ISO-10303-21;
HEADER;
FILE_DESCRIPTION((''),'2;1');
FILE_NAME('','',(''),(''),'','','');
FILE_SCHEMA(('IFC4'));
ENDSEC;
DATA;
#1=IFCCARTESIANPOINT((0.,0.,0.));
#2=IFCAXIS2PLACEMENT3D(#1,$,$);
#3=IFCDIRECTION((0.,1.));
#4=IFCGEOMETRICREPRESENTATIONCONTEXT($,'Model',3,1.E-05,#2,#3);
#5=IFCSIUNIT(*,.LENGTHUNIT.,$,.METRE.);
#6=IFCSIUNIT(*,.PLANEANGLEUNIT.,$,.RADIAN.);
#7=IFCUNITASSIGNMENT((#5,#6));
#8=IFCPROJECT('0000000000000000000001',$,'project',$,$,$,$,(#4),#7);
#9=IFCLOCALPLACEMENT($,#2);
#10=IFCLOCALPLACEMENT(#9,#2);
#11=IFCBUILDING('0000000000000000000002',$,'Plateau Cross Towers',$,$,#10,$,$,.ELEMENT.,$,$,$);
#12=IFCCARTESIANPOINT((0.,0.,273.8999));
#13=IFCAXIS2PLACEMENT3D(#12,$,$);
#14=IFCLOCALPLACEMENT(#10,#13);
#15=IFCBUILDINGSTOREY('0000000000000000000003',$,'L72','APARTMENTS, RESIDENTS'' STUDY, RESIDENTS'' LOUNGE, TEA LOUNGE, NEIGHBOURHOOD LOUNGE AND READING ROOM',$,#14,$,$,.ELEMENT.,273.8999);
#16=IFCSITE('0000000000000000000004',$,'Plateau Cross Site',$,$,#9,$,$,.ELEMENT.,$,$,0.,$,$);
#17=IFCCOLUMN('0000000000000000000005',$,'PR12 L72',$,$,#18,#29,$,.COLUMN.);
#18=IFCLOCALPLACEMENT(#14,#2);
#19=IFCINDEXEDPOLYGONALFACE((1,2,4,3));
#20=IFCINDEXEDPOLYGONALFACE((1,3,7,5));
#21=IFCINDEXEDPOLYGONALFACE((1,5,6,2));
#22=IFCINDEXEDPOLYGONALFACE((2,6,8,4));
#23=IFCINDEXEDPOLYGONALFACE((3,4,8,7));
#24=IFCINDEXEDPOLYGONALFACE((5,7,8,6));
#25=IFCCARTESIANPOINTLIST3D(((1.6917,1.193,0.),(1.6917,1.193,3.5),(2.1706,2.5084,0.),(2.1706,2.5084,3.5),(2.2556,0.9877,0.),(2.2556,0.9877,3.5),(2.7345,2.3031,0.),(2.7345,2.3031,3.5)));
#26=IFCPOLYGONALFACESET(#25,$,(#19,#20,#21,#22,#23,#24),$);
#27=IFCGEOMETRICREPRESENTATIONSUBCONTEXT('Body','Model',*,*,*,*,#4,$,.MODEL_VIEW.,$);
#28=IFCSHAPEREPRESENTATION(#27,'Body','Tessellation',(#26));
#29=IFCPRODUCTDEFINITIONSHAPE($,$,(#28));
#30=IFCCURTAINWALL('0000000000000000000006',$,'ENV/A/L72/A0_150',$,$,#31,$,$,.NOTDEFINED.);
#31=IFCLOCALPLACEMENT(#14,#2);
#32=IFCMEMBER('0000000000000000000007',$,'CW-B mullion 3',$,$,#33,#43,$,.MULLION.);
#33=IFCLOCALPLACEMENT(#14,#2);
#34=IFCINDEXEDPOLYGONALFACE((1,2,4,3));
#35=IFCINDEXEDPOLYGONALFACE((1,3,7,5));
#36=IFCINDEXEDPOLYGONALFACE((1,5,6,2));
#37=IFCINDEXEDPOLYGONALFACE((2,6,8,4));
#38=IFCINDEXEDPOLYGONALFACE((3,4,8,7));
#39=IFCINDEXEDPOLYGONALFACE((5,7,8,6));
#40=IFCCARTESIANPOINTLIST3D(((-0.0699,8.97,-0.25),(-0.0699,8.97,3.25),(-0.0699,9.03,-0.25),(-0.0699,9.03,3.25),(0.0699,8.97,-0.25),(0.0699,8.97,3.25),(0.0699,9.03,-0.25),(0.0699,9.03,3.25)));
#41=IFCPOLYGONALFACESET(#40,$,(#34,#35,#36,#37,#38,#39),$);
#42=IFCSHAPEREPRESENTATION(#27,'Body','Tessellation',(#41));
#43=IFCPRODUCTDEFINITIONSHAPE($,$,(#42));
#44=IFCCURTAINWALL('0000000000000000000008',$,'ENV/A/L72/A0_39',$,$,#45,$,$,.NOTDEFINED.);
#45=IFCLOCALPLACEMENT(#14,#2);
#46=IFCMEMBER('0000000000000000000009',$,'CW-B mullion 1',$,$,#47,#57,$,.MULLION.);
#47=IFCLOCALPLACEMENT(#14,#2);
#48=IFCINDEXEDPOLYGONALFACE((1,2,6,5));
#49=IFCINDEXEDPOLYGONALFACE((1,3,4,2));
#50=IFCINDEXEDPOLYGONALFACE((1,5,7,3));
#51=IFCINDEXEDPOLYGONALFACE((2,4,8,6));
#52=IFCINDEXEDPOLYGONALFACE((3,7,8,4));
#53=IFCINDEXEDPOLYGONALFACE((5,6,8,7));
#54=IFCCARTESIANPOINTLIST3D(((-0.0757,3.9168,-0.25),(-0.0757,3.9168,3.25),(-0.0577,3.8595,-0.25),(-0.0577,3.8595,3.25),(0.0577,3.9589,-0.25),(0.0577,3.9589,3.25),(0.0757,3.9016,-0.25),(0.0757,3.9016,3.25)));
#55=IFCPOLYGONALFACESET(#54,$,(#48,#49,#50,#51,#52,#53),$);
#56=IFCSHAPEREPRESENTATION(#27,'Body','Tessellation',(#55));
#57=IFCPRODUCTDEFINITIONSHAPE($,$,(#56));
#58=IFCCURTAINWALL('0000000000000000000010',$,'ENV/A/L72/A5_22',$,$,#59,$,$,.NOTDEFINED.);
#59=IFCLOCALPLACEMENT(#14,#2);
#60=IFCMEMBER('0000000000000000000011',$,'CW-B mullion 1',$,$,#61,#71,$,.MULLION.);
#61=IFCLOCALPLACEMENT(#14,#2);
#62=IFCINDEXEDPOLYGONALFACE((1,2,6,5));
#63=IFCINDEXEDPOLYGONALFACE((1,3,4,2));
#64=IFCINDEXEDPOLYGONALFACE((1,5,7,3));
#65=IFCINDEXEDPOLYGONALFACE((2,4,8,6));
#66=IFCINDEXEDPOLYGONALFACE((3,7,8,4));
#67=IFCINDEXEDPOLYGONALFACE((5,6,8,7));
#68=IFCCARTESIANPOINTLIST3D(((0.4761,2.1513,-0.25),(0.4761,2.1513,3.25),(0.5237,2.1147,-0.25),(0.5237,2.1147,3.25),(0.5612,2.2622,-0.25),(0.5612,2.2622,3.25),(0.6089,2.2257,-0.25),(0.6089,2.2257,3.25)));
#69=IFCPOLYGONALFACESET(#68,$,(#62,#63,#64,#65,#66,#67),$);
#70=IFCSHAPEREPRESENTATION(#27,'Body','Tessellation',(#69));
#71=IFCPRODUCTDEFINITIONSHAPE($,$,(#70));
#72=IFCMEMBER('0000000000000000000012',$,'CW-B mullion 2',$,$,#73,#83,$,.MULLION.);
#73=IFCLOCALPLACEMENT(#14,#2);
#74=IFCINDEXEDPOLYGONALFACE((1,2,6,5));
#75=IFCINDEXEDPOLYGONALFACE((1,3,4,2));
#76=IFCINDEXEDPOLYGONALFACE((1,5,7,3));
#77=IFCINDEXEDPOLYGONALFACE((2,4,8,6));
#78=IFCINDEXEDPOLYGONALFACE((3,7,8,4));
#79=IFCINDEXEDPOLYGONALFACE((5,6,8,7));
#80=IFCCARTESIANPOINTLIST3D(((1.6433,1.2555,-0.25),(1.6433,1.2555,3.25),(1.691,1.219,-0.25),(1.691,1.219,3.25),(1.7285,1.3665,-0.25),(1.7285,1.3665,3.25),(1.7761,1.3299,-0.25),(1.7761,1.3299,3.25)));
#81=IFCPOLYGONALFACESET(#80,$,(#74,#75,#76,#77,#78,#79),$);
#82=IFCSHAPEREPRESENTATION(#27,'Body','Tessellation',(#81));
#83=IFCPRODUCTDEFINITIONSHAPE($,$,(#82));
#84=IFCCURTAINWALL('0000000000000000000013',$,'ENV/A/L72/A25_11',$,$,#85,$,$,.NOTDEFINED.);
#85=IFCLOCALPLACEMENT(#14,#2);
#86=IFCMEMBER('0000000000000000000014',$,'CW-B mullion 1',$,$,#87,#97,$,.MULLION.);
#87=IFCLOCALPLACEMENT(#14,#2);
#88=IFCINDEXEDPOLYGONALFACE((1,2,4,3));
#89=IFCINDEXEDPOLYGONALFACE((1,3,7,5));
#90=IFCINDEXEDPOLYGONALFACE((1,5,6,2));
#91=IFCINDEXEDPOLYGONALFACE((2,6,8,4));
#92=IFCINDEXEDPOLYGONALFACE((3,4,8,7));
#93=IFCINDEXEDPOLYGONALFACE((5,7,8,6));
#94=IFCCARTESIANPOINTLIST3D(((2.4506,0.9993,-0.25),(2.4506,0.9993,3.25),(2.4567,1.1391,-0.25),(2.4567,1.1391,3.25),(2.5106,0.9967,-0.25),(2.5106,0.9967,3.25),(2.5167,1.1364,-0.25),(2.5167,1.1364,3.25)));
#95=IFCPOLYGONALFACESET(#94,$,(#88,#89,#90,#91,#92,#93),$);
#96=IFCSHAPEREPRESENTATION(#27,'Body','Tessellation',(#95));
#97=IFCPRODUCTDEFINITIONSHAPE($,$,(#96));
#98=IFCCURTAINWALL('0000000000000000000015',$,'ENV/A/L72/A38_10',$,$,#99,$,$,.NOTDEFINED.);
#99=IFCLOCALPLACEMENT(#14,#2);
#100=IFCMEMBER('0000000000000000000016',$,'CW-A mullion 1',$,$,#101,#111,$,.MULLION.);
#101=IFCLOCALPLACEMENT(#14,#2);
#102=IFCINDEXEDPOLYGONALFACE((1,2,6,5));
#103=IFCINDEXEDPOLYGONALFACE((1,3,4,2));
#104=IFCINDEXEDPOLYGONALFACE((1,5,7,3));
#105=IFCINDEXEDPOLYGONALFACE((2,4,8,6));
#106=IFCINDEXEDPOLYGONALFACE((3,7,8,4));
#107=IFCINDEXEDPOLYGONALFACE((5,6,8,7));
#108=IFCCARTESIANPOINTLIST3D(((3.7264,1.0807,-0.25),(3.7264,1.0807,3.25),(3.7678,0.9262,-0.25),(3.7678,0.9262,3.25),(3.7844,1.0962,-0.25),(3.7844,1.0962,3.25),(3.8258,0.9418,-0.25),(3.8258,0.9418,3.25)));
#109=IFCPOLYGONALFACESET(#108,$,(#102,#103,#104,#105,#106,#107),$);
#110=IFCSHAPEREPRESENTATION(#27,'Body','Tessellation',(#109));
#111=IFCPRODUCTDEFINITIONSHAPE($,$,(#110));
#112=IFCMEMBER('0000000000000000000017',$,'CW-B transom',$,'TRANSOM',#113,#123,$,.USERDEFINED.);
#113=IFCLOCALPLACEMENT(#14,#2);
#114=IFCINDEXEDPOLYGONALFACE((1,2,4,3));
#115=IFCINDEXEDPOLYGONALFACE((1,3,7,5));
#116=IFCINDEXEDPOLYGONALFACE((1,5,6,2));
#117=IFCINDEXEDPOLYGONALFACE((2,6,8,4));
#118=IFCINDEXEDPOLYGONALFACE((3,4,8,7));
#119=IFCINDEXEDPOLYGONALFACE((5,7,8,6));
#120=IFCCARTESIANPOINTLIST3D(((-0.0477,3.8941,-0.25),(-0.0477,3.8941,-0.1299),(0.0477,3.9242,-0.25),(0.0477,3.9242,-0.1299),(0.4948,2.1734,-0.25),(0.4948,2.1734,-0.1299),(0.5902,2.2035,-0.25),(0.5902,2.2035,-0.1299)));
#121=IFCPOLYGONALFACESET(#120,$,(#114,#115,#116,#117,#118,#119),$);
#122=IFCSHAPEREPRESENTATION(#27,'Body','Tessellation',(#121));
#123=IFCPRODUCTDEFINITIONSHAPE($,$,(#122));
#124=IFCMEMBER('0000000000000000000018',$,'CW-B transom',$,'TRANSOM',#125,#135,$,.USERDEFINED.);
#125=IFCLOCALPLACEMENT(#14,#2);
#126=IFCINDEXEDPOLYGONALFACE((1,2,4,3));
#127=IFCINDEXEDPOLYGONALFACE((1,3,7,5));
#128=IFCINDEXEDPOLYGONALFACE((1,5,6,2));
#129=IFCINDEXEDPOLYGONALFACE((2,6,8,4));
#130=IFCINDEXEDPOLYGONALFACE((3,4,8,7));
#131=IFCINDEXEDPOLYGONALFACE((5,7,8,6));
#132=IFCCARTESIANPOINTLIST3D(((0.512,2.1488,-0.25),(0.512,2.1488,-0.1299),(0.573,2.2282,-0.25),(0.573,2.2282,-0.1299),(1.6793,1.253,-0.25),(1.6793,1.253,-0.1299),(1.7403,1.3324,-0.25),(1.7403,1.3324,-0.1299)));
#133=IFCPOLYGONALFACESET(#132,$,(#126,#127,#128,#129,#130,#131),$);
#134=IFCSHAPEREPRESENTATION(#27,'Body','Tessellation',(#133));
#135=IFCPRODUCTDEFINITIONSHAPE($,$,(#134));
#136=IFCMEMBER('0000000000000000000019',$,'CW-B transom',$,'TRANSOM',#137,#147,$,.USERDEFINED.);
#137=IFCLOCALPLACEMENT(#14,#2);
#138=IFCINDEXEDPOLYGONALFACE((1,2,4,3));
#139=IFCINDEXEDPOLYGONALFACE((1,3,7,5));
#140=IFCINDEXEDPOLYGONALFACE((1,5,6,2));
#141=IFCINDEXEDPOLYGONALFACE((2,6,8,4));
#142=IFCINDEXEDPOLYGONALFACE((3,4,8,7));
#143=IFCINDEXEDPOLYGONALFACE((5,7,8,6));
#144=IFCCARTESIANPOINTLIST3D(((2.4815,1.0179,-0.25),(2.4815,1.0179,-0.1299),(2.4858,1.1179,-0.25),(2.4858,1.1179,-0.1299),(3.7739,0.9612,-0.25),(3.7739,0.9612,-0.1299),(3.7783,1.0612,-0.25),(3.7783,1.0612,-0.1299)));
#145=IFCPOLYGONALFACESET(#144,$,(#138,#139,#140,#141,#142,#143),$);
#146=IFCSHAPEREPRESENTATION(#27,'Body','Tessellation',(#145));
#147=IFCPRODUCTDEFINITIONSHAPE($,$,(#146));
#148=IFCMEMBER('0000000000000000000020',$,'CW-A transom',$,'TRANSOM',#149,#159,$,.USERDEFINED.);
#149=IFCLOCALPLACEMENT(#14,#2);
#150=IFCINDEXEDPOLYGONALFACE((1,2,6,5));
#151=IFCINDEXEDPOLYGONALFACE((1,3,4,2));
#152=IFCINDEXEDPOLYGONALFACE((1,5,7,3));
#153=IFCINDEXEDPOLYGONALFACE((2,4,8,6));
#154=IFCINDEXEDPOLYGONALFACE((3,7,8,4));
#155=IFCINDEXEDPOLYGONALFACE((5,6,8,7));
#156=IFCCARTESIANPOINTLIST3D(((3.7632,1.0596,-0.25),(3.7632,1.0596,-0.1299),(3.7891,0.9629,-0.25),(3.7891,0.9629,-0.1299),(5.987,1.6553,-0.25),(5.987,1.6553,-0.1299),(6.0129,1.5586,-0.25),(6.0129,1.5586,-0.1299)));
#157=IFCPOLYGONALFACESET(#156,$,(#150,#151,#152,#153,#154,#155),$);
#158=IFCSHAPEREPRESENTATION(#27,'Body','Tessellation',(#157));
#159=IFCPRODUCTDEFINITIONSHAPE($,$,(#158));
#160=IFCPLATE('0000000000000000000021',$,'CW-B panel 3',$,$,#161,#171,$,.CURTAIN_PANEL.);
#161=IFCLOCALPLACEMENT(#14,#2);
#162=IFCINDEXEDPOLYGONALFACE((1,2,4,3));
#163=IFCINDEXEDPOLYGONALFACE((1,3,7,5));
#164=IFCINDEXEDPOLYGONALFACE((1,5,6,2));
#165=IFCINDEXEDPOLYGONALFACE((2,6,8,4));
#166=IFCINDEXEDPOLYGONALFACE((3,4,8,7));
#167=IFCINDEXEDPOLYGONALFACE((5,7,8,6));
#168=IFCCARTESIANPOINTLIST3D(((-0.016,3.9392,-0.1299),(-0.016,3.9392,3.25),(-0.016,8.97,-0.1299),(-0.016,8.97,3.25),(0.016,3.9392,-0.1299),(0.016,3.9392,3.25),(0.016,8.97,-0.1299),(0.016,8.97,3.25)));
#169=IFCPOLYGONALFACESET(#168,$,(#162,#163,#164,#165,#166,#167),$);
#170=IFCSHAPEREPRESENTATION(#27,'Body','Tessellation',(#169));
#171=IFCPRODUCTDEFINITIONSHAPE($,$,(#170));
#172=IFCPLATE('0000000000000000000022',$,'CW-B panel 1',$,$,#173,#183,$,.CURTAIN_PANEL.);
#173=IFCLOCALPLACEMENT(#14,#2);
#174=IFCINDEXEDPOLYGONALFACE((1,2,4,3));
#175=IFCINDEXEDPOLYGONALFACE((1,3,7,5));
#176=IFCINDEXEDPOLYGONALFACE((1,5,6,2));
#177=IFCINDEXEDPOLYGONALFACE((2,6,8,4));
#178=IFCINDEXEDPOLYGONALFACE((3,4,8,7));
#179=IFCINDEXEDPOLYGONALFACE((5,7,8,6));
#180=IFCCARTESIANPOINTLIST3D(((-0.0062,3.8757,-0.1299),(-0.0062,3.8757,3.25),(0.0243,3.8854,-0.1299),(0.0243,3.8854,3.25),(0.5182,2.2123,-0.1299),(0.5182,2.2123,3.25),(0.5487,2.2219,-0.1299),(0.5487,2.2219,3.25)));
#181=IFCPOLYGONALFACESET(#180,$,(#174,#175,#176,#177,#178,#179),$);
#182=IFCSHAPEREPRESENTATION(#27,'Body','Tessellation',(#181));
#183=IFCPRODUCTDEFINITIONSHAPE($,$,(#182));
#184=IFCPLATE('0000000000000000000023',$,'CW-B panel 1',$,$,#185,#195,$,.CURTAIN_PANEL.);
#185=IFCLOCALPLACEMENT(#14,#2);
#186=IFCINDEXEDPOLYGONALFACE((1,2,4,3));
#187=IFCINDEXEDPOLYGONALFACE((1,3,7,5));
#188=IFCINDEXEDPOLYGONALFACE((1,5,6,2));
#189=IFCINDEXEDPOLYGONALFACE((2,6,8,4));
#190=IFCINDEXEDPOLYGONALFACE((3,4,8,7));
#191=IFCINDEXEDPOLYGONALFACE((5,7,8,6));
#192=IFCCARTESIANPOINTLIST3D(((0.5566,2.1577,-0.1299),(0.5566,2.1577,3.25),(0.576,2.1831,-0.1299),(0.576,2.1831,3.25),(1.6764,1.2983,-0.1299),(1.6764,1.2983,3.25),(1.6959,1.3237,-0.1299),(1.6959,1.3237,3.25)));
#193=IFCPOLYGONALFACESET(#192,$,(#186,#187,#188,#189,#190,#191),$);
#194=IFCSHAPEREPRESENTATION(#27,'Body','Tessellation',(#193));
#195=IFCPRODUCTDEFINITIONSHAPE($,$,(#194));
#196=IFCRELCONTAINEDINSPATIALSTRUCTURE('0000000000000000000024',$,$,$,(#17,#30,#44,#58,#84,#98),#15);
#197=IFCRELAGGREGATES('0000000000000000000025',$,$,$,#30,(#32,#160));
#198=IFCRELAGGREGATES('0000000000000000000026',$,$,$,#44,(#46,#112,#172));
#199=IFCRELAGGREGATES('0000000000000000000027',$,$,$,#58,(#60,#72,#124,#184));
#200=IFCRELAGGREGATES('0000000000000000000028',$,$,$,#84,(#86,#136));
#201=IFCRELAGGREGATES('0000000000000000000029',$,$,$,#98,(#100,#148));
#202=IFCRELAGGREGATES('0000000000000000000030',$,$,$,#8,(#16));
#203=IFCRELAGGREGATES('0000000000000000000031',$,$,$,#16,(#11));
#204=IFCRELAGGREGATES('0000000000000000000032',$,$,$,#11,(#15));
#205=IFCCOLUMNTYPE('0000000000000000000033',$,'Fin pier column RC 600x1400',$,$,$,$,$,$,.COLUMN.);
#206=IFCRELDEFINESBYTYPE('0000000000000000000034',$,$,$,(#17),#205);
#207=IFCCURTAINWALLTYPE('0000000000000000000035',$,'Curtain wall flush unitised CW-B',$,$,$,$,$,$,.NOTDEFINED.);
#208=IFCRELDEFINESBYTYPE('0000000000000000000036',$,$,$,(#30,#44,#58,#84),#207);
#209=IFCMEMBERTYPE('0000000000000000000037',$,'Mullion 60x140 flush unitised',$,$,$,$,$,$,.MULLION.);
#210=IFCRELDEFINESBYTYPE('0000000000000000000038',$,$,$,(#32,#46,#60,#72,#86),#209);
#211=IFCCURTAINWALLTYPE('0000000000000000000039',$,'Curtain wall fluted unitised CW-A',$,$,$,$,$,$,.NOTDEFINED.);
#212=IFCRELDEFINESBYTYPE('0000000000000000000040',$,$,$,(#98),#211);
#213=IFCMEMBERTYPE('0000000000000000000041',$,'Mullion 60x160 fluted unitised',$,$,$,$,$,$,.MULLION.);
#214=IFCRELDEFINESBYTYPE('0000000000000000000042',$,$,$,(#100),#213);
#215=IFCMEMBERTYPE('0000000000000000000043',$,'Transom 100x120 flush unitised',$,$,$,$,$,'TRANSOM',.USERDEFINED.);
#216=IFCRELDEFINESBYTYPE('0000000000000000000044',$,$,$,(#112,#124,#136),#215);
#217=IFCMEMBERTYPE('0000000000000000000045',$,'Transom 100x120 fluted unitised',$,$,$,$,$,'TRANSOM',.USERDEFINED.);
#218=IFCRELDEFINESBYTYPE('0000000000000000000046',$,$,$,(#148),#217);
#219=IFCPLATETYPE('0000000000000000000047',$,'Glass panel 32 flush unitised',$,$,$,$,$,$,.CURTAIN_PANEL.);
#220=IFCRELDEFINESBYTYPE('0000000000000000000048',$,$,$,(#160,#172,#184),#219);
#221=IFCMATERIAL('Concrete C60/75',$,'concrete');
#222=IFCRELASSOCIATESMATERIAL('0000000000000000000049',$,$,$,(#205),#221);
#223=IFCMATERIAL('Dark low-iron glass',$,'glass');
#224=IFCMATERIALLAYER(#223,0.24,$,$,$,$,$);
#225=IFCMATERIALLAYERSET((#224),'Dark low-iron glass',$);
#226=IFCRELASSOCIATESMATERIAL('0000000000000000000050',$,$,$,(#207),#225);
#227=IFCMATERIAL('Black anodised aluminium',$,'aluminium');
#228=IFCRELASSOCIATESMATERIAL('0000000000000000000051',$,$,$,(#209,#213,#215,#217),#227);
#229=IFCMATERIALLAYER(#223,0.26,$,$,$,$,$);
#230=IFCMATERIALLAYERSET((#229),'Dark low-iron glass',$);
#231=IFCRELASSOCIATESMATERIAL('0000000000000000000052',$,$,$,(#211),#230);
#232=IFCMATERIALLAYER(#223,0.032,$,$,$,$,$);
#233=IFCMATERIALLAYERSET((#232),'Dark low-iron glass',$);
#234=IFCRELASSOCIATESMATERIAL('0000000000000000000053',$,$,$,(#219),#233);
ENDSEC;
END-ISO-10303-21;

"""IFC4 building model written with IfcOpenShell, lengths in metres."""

from ifc_helpers import new_model, si_unit, direction, frame, origin, origin_2d, place, context, subcontext, project, spatial, rectangle, extrude, material, layer, layer_set, material_profile, profile_set, type_object, element, aggregate, save


model = new_model("IFC4")

# Units and contexts
model_context = context("Model", 3, precision=1e-05, world=origin(), true_north=direction((0.0, 1.0)))
body_context = subcontext(model_context, "Body", "Model", "MODEL_VIEW")
ifc_project = project(units=[si_unit("LENGTHUNIT", "METRE"), si_unit("PLANEANGLEUNIT", "RADIAN")], contexts=[model_context])

# Site, building, storey
site_placement = place(None, origin())
site = spatial("IfcSite", under=ifc_project, at=site_placement, Name="Plateau Cross Site", CompositionType="ELEMENT", RefElevation=0.0)
building_placement = place(site_placement, origin())
building = spatial("IfcBuilding", under=site, at=building_placement, Name="Plateau Cross Towers", CompositionType="ELEMENT")
storey_placement = place(building_placement, frame((0.0, 0.0, 273.8999)))
storey = spatial("IfcBuildingStorey", under=building, at=storey_placement, Name="L72", Description="APARTMENTS, RESIDENTS' STUDY, RESIDENTS' LOUNGE, TEA LOUNGE, NEIGHBOURHOOD LOUNGE AND READING ROOM", CompositionType="ELEMENT", Elevation=273.8999)

# Column
ifc_material_1 = material(Name="Concrete C60/75", Category="concrete")
ifc_material_profile_1 = material_profile(ifc_material_1, rectangle(XDim=0.6001, YDim=1.3999, at=origin_2d()), Name="RC 600x1400")
ifc_profile_set_1 = profile_set([ifc_material_profile_1], Name="Concrete C60/75")
column_type = type_object("IfcColumnType", Name="Fin pier column RC 600x1400", PredefinedType="COLUMN", material=ifc_profile_set_1)
column_placement = place(storey_placement, frame((2.2131, 1.748, 0.0), z_axis=(0.0, 0.0, 1.0), x_axis=(-0.939664, 0.342098, 0.0)))
element("IfcColumn", 1, at=column_placement, inside=storey, type_object=column_type, Name="PR12 L72", PredefinedType="COLUMN", context=body_context, shape_type="SweptSolid", body=[
    extrude(rectangle(XDim=0.6001, YDim=1.3999, at=origin_2d()), origin(), (0.0, 0.0, 1.0), 3.5),
])

# Curtain walls, members
ifc_material_2 = material(Name="Dark low-iron glass", Category="glass")
ifc_layer_1 = layer(ifc_material_2, 0.24)
ifc_layer_set_1 = layer_set([ifc_layer_1], Name="Dark low-iron glass")
curtain_wall_type_1 = type_object("IfcCurtainWallType", Name="Curtain wall flush unitised CW-B", PredefinedType="NOTDEFINED", material=ifc_layer_set_1)
curtain_wall_1_placement = place(storey_placement, origin())
curtain_wall_1 = element("IfcCurtainWall", 2, at=curtain_wall_1_placement, inside=storey, type_object=curtain_wall_type_1, Name="ENV/A/L72/A0_150", PredefinedType="NOTDEFINED")
ifc_material_3 = material(Name="Black anodised aluminium", Category="aluminium")
ifc_material_profile_2 = material_profile(ifc_material_3, rectangle(XDim=0.0601, YDim=0.1399, at=origin_2d()), Name="MULLION 60x140")
ifc_profile_set_2 = profile_set([ifc_material_profile_2], Name="Black anodised aluminium")
member_type_1 = type_object("IfcMemberType", Name="Mullion 60x140 flush unitised", PredefinedType="MULLION", material=ifc_profile_set_2)
member_1_placement = place(storey_placement, frame((0.0, 9.0, -0.25), z_axis=(0.0, 0.0, 1.0), x_axis=(0.0, -1.0, 0.0)))
member_1 = element("IfcMember", 3, at=member_1_placement, type_object=member_type_1, Name="CW-B mullion 3", PredefinedType="MULLION", context=body_context, shape_type="SweptSolid", body=[
    extrude(rectangle(XDim=0.0601, YDim=0.1399, at=origin_2d()), origin(), (0.0, 0.0, 1.0), 3.5),
])
curtain_wall_2_placement = place(storey_placement, origin())
curtain_wall_2 = element("IfcCurtainWall", 4, at=curtain_wall_2_placement, inside=storey, type_object=curtain_wall_type_1, Name="ENV/A/L72/A0_39", PredefinedType="NOTDEFINED")
member_2_placement = place(storey_placement, frame((0.0, 3.9092, -0.25), z_axis=(0.0, 0.0, 1.0), x_axis=(0.300686, -0.953723, 0.0)))
member_2 = element("IfcMember", 5, at=member_2_placement, type_object=member_type_1, Name="CW-B mullion 1", PredefinedType="MULLION", context=body_context, shape_type="SweptSolid", body=[
    extrude(rectangle(XDim=0.0601, YDim=0.1399, at=origin_2d()), origin(), (0.0, 0.0, 1.0), 3.5),
])

# Curtain wall, members
curtain_wall_3_placement = place(storey_placement, origin())
curtain_wall_3 = element("IfcCurtainWall", 6, at=curtain_wall_3_placement, inside=storey, type_object=curtain_wall_type_1, Name="ENV/A/L72/A5_22", PredefinedType="NOTDEFINED")
member_3_placement = place(storey_placement, frame((0.5425, 2.1885, -0.25), z_axis=(0.0, 0.0, 1.0), x_axis=(0.793316, -0.608811, 0.0)))
member_3 = element("IfcMember", 7, at=member_3_placement, type_object=member_type_1, Name="CW-B mullion 1", PredefinedType="MULLION", context=body_context, shape_type="SweptSolid", body=[
    extrude(rectangle(XDim=0.0601, YDim=0.1399, at=origin_2d()), origin(), (0.0, 0.0, 1.0), 3.5),
])
member_4_placement = place(storey_placement, frame((1.7097, 1.2927, -0.25), z_axis=(0.0, 0.0, 1.0), x_axis=(0.793316, -0.608811, 0.0)))
member_4 = element("IfcMember", 8, at=member_4_placement, type_object=member_type_1, Name="CW-B mullion 2", PredefinedType="MULLION", context=body_context, shape_type="SweptSolid", body=[
    extrude(rectangle(XDim=0.0601, YDim=0.1399, at=origin_2d()), origin(), (0.0, 0.0, 1.0), 3.5),
])

# Curtain walls, members
curtain_wall_4_placement = place(storey_placement, origin())
curtain_wall_4 = element("IfcCurtainWall", 9, at=curtain_wall_4_placement, inside=storey, type_object=curtain_wall_type_1, Name="ENV/A/L72/A25_11", PredefinedType="NOTDEFINED")
member_5_placement = place(storey_placement, frame((2.4836, 1.0679, -0.25), z_axis=(0.0, 0.0, 1.0), x_axis=(0.999044, -0.043723, 0.0)))
member_5 = element("IfcMember", 10, at=member_5_placement, type_object=member_type_1, Name="CW-B mullion 1", PredefinedType="MULLION", context=body_context, shape_type="SweptSolid", body=[
    extrude(rectangle(XDim=0.0601, YDim=0.1399, at=origin_2d()), origin(), (0.0, 0.0, 1.0), 3.5),
])
ifc_layer_2 = layer(ifc_material_2, 0.26)
ifc_layer_set_2 = layer_set([ifc_layer_2], Name="Dark low-iron glass")
curtain_wall_type_2 = type_object("IfcCurtainWallType", Name="Curtain wall fluted unitised CW-A", PredefinedType="NOTDEFINED", material=ifc_layer_set_2)
curtain_wall_5_placement = place(storey_placement, origin())
curtain_wall_5 = element("IfcCurtainWall", 11, at=curtain_wall_5_placement, inside=storey, type_object=curtain_wall_type_2, Name="ENV/A/L72/A38_10", PredefinedType="NOTDEFINED")
ifc_material_profile_3 = material_profile(ifc_material_3, rectangle(XDim=0.0601, YDim=0.1599, at=origin_2d()), Name="MULLION 60x160")
ifc_profile_set_3 = profile_set([ifc_material_profile_3], Name="Black anodised aluminium")
member_type_2 = type_object("IfcMemberType", Name="Mullion 60x160 fluted unitised", PredefinedType="MULLION", material=ifc_profile_set_3)
member_6_placement = place(storey_placement, frame((3.7761, 1.0112, -0.25), z_axis=(0.0, 0.0, 1.0), x_axis=(0.965958, 0.258699, 0.0)))
member_6 = element("IfcMember", 12, at=member_6_placement, type_object=member_type_2, Name="CW-A mullion 1", PredefinedType="MULLION", context=body_context, shape_type="SweptSolid", body=[
    extrude(rectangle(XDim=0.0601, YDim=0.1599, at=origin_2d()), origin(), (0.0, 0.0, 1.0), 3.5),
])

# Members
ifc_material_profile_4 = material_profile(ifc_material_3, rectangle(XDim=0.1001, YDim=0.1201, at=origin_2d()), Name="TRANSOM 100x120")
ifc_profile_set_4 = profile_set([ifc_material_profile_4], Name="Black anodised aluminium")
member_type_3 = type_object("IfcMemberType", Name="Transom 100x120 flush unitised", ElementType="TRANSOM", PredefinedType="USERDEFINED", material=ifc_profile_set_4)
member_7_placement = place(storey_placement, frame((0.0, 3.9092, -0.1899), z_axis=(0.300678, -0.953726, 0.0), x_axis=(0.953726, 0.300678, 0.0)))
member_7 = element("IfcMember", 13, at=member_7_placement, type_object=member_type_3, Name="CW-B transom", ObjectType="TRANSOM", PredefinedType="USERDEFINED", context=body_context, shape_type="SweptSolid", body=[
    extrude(rectangle(XDim=0.1001, YDim=0.1201, at=origin_2d()), origin(), (0.0, 0.0, 1.0), 1.8042),
])
member_8_placement = place(storey_placement, frame((0.5425, 2.1885, -0.1899), z_axis=(0.793321, -0.608804, 0.0), x_axis=(0.608804, 0.793321, 0.0)))
member_8 = element("IfcMember", 14, at=member_8_placement, type_object=member_type_3, Name="CW-B transom", ObjectType="TRANSOM", PredefinedType="USERDEFINED", context=body_context, shape_type="SweptSolid", body=[
    extrude(rectangle(XDim=0.1001, YDim=0.1201, at=origin_2d()), origin(), (0.0, 0.0, 1.0), 1.4714),
])
member_9_placement = place(storey_placement, frame((2.4836, 1.0679, -0.1899), z_axis=(0.999041, -0.043781, 0.0), x_axis=(0.043781, 0.999041, 0.0)))
member_9 = element("IfcMember", 15, at=member_9_placement, type_object=member_type_3, Name="CW-B transom", ObjectType="TRANSOM", PredefinedType="USERDEFINED", context=body_context, shape_type="SweptSolid", body=[
    extrude(rectangle(XDim=0.1001, YDim=0.1201, at=origin_2d()), origin(), (0.0, 0.0, 1.0), 1.2937),
])
ifc_material_profile_5 = material_profile(ifc_material_3, rectangle(XDim=0.1001, YDim=0.1201, at=origin_2d()), Name="TRANSOM 100x120")
ifc_profile_set_5 = profile_set([ifc_material_profile_5], Name="Black anodised aluminium")
member_type_4 = type_object("IfcMemberType", Name="Transom 100x120 fluted unitised", ElementType="TRANSOM", PredefinedType="USERDEFINED", material=ifc_profile_set_5)
member_10_placement = place(storey_placement, frame((3.7761, 1.0112, -0.1899), z_axis=(0.965946, 0.258745, 0.0), x_axis=(-0.258745, 0.965946, 0.0)))
member_10 = element("IfcMember", 16, at=member_10_placement, type_object=member_type_4, Name="CW-A transom", ObjectType="TRANSOM", PredefinedType="USERDEFINED", context=body_context, shape_type="SweptSolid", body=[
    extrude(rectangle(XDim=0.1001, YDim=0.1201, at=origin_2d()), origin(), (0.0, 0.0, 1.0), 2.3022),
])

# Plates
ifc_layer_3 = layer(ifc_material_2, 0.032)
ifc_layer_set_3 = layer_set([ifc_layer_3], Name="Dark low-iron glass")
plate_type_1 = type_object("IfcPlateType", Name="Glass panel 32 flush unitised", PredefinedType="CURTAIN_PANEL", material=ifc_layer_set_3)
plate_1_placement = place(storey_placement, frame((0.0, 6.4546, -0.1299), z_axis=(0.0, 0.0, 1.0), x_axis=(0.0, -1.0, 0.0)))
plate_1 = element("IfcPlate", 17, at=plate_1_placement, type_object=plate_type_1, Name="CW-B panel 3", PredefinedType="CURTAIN_PANEL", context=body_context, shape_type="SweptSolid", body=[
    extrude(rectangle(XDim=5.0308, YDim=0.032, at=origin_2d()), origin(), (0.0, 0.0, 1.0), 3.3799),
])
aggregate(curtain_wall_1, [member_1, plate_1])
plate_2_placement = place(storey_placement, frame((0.2712, 3.0488, -0.1299), z_axis=(0.0, 0.0, 1.0), x_axis=(0.300686, -0.953723, 0.0)))
plate_2 = element("IfcPlate", 18, at=plate_2_placement, type_object=plate_type_1, Name="CW-B panel 1", PredefinedType="CURTAIN_PANEL", context=body_context, shape_type="SweptSolid", body=[
    extrude(rectangle(XDim=1.7441, YDim=0.032, at=origin_2d()), origin(), (0.0, 0.0, 1.0), 3.3799),
])
aggregate(curtain_wall_2, [member_2, member_7, plate_2])
plate_3_placement = place(storey_placement, frame((1.1262, 1.7407, -0.1299), z_axis=(0.0, 0.0, 1.0), x_axis=(0.793316, -0.608811, 0.0)))
plate_3 = element("IfcPlate", 19, at=plate_3_placement, type_object=plate_type_1, Name="CW-B panel 1", PredefinedType="CURTAIN_PANEL", context=body_context, shape_type="SweptSolid", body=[
    extrude(rectangle(XDim=1.4116, YDim=0.032, at=origin_2d()), origin(), (0.0, 0.0, 1.0), 3.3799),
])
aggregate(curtain_wall_3, [member_3, member_4, member_8, plate_3])
aggregate(curtain_wall_4, [member_5, member_9])
aggregate(curtain_wall_5, [member_6, member_10])

save(model, "model.ifc")
